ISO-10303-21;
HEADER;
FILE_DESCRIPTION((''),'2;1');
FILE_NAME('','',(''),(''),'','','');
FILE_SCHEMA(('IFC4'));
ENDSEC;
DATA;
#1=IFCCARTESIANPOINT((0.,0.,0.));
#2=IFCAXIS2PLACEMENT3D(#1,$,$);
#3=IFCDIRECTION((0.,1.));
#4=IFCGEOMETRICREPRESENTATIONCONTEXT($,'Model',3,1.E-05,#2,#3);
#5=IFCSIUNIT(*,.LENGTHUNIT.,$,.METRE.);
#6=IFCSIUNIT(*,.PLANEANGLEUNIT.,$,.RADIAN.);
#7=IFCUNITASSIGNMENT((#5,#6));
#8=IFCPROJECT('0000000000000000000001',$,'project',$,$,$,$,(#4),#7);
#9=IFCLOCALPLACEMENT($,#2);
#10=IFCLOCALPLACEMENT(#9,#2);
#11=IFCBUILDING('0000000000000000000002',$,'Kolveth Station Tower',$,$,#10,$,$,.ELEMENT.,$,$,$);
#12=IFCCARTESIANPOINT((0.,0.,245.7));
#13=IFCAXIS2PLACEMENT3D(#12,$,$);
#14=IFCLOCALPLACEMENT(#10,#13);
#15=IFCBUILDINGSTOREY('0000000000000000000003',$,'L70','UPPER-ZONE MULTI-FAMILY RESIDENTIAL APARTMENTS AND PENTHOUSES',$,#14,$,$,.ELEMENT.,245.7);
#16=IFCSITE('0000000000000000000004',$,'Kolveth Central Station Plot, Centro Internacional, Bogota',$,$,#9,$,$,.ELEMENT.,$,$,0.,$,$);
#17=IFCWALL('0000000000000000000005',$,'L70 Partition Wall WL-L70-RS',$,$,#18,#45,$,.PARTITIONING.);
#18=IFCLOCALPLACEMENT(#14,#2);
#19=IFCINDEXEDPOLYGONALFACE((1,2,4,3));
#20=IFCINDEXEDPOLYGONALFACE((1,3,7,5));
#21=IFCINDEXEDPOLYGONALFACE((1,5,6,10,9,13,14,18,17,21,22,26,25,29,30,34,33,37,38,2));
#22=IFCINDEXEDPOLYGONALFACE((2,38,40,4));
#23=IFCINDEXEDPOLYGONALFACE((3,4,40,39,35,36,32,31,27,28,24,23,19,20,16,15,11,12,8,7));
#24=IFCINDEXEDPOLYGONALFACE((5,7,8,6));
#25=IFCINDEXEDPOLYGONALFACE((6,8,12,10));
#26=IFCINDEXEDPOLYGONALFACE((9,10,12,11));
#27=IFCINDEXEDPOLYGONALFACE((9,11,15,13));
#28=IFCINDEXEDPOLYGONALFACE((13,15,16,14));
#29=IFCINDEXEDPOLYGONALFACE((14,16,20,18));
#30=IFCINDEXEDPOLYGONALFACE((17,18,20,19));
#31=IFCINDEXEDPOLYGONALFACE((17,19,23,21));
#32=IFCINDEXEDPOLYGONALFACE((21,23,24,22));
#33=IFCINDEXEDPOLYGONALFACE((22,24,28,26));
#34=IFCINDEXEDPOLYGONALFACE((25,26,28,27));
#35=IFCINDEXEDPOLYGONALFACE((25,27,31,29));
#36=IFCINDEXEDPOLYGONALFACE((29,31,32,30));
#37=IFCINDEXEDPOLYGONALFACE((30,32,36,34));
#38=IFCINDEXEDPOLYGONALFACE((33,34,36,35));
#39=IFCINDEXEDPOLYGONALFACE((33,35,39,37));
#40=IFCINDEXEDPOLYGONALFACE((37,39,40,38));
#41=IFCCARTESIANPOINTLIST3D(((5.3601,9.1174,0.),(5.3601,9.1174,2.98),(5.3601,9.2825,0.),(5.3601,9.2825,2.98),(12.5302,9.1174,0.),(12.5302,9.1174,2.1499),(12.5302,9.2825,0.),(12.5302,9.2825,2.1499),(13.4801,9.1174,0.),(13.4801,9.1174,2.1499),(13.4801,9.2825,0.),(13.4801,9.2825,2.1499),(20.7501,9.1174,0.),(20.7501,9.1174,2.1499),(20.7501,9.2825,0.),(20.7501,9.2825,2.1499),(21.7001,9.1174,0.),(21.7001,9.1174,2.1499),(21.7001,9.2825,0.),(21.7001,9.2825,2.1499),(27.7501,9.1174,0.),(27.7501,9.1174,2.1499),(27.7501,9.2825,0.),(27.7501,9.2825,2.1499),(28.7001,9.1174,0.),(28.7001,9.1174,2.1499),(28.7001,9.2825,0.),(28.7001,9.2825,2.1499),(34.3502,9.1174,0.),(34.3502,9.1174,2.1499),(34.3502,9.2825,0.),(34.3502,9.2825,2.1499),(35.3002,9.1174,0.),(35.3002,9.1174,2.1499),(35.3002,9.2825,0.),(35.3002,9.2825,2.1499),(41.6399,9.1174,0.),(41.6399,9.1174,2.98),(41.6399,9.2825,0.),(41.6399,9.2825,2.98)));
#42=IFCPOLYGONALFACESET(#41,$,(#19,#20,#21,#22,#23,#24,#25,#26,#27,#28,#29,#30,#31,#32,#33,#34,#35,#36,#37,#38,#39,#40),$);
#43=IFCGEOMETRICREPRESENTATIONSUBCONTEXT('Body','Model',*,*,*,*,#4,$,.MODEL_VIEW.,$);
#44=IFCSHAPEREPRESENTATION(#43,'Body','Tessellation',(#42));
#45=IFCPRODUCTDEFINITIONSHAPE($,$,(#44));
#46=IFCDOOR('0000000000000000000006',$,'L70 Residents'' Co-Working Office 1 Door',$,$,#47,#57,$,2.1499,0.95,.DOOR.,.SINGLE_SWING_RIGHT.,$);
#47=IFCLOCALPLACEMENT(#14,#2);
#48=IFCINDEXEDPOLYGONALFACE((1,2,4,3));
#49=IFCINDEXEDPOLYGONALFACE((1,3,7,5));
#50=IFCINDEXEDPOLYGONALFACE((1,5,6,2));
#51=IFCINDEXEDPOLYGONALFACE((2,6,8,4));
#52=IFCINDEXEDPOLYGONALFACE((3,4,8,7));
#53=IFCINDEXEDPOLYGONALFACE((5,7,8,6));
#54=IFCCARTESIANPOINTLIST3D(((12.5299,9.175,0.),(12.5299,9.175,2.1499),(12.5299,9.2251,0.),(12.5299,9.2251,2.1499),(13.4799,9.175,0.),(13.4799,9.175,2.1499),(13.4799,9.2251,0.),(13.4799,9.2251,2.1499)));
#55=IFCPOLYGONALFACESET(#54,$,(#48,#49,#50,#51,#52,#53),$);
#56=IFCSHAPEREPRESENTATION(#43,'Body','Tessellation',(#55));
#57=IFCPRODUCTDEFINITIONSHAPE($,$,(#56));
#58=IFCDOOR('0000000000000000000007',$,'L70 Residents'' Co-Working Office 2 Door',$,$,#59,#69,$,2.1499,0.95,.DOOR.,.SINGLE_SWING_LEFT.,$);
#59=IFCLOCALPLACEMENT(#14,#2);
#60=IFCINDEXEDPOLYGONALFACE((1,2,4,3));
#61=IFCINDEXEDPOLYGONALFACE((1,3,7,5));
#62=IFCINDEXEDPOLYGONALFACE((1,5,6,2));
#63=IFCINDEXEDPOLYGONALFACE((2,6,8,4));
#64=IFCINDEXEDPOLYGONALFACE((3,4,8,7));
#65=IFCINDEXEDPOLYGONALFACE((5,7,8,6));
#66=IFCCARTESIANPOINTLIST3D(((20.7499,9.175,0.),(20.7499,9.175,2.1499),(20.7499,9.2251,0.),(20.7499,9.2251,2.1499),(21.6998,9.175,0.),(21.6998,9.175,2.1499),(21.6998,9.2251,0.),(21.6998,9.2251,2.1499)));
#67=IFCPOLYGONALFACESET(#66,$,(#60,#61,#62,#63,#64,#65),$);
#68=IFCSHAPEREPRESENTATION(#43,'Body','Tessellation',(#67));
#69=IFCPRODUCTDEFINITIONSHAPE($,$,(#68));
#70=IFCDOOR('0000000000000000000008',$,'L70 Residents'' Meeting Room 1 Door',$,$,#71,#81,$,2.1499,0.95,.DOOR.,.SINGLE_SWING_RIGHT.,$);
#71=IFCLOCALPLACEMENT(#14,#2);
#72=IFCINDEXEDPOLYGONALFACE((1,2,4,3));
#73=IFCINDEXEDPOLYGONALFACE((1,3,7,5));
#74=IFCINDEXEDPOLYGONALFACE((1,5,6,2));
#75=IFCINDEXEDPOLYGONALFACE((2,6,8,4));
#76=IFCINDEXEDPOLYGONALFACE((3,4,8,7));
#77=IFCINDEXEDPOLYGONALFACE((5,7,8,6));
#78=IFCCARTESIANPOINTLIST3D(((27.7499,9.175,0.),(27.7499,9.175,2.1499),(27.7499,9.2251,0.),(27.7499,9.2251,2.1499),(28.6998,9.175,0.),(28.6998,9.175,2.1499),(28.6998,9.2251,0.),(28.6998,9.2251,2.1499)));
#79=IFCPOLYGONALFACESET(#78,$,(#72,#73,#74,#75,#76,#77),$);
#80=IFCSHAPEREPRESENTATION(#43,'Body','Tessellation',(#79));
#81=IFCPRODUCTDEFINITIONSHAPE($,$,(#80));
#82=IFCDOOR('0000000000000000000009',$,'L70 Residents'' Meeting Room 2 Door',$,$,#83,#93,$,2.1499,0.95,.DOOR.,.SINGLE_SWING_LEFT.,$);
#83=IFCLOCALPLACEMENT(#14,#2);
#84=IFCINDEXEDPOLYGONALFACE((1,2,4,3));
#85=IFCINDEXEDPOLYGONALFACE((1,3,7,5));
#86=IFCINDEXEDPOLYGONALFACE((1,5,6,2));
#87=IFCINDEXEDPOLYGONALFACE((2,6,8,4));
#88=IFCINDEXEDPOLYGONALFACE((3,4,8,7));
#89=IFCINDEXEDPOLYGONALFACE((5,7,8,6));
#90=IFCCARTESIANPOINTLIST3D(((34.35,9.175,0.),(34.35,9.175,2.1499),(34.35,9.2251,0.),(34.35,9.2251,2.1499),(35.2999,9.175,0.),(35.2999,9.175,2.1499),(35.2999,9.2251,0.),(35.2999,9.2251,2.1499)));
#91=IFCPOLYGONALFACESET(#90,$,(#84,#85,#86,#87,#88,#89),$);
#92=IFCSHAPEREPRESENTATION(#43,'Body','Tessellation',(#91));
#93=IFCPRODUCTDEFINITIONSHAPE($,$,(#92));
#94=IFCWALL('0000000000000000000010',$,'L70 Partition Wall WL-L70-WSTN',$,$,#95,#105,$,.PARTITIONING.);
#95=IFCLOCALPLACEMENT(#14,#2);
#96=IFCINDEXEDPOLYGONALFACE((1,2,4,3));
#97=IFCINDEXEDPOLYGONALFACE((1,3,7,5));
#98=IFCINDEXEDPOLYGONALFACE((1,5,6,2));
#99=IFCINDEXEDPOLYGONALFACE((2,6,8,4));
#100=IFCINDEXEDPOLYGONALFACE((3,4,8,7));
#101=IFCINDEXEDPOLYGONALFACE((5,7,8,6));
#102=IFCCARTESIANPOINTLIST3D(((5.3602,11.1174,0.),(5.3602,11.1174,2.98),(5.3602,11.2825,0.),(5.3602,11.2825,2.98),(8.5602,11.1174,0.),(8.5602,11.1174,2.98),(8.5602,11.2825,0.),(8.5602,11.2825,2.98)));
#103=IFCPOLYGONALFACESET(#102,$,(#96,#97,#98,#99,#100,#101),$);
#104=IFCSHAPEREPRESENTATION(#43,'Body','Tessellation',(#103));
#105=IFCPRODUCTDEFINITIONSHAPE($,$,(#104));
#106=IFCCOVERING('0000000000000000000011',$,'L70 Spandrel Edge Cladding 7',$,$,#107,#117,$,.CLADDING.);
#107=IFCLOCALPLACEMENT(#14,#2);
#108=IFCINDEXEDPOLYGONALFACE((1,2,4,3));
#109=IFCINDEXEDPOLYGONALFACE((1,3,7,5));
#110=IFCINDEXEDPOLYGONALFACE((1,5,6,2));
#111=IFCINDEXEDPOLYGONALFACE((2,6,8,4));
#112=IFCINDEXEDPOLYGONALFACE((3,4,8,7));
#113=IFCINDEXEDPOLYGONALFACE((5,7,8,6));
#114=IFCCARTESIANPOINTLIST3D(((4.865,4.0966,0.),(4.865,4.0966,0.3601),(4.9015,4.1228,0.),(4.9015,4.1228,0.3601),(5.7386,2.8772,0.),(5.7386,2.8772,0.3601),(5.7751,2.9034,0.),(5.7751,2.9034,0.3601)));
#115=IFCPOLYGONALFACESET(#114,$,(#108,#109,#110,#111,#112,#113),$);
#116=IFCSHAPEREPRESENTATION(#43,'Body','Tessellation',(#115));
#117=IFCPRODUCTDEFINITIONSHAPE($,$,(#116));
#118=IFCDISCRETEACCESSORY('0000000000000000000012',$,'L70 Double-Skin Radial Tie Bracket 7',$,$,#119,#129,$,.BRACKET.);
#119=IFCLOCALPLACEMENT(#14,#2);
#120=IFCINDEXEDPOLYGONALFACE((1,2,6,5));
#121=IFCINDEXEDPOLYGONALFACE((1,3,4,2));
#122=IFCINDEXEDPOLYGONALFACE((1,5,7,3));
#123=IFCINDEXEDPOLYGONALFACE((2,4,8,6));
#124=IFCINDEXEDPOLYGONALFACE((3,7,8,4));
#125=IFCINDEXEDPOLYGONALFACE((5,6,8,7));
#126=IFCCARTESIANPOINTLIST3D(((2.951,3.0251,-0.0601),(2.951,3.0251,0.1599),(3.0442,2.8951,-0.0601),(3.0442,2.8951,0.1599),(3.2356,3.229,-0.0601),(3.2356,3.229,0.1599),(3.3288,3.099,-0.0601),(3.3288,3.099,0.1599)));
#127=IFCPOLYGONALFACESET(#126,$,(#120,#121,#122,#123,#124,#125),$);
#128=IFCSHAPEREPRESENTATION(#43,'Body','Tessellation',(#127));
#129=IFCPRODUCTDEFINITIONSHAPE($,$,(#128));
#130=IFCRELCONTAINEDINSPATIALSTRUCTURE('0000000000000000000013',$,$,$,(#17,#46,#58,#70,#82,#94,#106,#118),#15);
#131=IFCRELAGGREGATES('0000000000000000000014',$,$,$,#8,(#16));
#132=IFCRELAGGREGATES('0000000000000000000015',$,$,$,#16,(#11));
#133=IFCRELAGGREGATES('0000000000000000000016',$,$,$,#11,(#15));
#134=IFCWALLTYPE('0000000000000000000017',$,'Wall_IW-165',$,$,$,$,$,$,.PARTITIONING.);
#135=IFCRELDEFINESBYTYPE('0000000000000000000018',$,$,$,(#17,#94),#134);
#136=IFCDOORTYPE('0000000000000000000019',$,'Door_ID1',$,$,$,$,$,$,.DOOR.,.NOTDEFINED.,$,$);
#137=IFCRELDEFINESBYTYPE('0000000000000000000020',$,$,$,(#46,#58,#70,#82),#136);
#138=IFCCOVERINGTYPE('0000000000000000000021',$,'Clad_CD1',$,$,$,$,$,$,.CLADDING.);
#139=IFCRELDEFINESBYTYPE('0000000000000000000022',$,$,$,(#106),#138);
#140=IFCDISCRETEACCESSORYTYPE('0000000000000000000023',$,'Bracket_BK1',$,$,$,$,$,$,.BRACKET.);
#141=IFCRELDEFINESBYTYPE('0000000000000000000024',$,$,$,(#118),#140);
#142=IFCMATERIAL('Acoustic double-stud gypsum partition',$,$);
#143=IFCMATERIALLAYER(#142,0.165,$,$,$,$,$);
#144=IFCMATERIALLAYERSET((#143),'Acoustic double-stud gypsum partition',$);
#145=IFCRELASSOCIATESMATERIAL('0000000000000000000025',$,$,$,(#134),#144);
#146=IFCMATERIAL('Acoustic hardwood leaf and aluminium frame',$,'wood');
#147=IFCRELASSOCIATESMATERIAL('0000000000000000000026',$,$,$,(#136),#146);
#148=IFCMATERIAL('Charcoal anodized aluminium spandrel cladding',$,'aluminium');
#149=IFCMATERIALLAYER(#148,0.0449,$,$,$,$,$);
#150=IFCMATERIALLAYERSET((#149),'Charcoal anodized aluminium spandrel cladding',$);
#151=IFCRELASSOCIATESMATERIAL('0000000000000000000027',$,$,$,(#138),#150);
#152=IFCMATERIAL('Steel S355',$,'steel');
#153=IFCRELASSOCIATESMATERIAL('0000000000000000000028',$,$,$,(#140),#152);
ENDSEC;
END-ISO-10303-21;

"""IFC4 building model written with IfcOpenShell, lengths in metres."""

from ifc_helpers import new_model, si_unit, direction, frame, frame_2d, origin, origin_2d, place, context, subcontext, project, spatial, rectangle, extrude, source, transform, mapped, material, layer, layer_set, type_object, element, fill, save


model = new_model("IFC4")

# Units and contexts
model_context = context("Model", 3, precision=1e-05, world=origin(), true_north=direction((0.0, 1.0)))
body_context = subcontext(model_context, "Body", "Model", "MODEL_VIEW")
ifc_project = project(units=[si_unit("LENGTHUNIT", "METRE"), si_unit("PLANEANGLEUNIT", "RADIAN")], contexts=[model_context])

# Site, building, storey
site_placement = place(None, origin())
site = spatial("IfcSite", under=ifc_project, at=site_placement, Name="Kolveth Central Station Plot, Centro Internacional, Bogota", CompositionType="ELEMENT", RefElevation=0.0)
building_placement = place(site_placement, origin())
building = spatial("IfcBuilding", under=site, at=building_placement, Name="Kolveth Station Tower", CompositionType="ELEMENT")
storey_placement = place(building_placement, frame((0.0, 0.0, 245.7)))
storey = spatial("IfcBuildingStorey", under=building, at=storey_placement, Name="L70", Description="UPPER-ZONE MULTI-FAMILY RESIDENTIAL APARTMENTS AND PENTHOUSES", CompositionType="ELEMENT", Elevation=245.7)

# Shared definitions
ifc_material_1 = material(Name="Steel S355", Category="steel")

# Wall, openings, doors
ifc_material_2 = material(Name="Acoustic double-stud gypsum partition")
ifc_layer_1 = layer(ifc_material_2, 0.165)
ifc_layer_set_1 = layer_set([ifc_layer_1], Name="Acoustic double-stud gypsum partition")
wall_type = type_object("IfcWallType", Name="Wall_IW-165", PredefinedType="PARTITIONING", material=ifc_layer_set_1)
wall_1_placement = place(storey_placement, frame((5.3601, 9.2, 0.0), z_axis=(0.0, 0.0, 1.0), x_axis=(1.0, 0.0, 0.0)))
wall_1 = element("IfcWall", 1, at=wall_1_placement, inside=storey, type_object=wall_type, Name="L70 Partition Wall WL-L70-RS", PredefinedType="PARTITIONING", context=body_context, shape_type="SweptSolid", body=[
    extrude(rectangle(XDim=36.2798, YDim=0.165, at=frame_2d((18.1399, 0.0))), origin(), (0.0, 0.0, 1.0), 2.98),
])
opening_1_placement = place(wall_1_placement, frame((7.1699, 0.0, 0.0)))
opening_1 = element("IfcOpeningElement", 2, at=opening_1_placement, cuts=wall_1, PredefinedType="OPENING", context=body_context, shape_type="SweptSolid", body=[
    extrude(rectangle(XDim=0.95, YDim=2.1499, at=frame_2d((0.4751, 1.075))), frame((0.0, 0.0925, 0.0), z_axis=(0.0, -1.0, 0.0), x_axis=(1.0, 0.0, 0.0)), (0.0, 0.0, 1.0), 0.1851),
])
opening_2_placement = place(wall_1_placement, frame((15.3899, 0.0, 0.0)))
opening_2 = element("IfcOpeningElement", 3, at=opening_2_placement, cuts=wall_1, PredefinedType="OPENING", context=body_context, shape_type="SweptSolid", body=[
    extrude(rectangle(XDim=0.95, YDim=2.1499, at=frame_2d((0.4751, 1.075))), frame((0.0, 0.0925, 0.0), z_axis=(0.0, -1.0, 0.0), x_axis=(1.0, 0.0, 0.0)), (0.0, 0.0, 1.0), 0.1851),
])
opening_3_placement = place(wall_1_placement, frame((22.3899, 0.0, 0.0)))
opening_3 = element("IfcOpeningElement", 4, at=opening_3_placement, cuts=wall_1, PredefinedType="OPENING", context=body_context, shape_type="SweptSolid", body=[
    extrude(rectangle(XDim=0.95, YDim=2.1499, at=frame_2d((0.4751, 1.075))), frame((0.0, 0.0925, 0.0), z_axis=(0.0, -1.0, 0.0), x_axis=(1.0, 0.0, 0.0)), (0.0, 0.0, 1.0), 0.1851),
])
opening_4_placement = place(wall_1_placement, frame((28.99, 0.0, 0.0)))
opening_4 = element("IfcOpeningElement", 5, at=opening_4_placement, cuts=wall_1, PredefinedType="OPENING", context=body_context, shape_type="SweptSolid", body=[
    extrude(rectangle(XDim=0.95, YDim=2.1499, at=frame_2d((0.4751, 1.075))), frame((0.0, 0.0925, 0.0), z_axis=(0.0, -1.0, 0.0), x_axis=(1.0, 0.0, 0.0)), (0.0, 0.0, 1.0), 0.1851),
])
ifc_material_3 = material(Name="Acoustic hardwood leaf and aluminium frame", Category="wood")
door_type = type_object("IfcDoorType", Name="Door_ID1", OperationType="NOTDEFINED", PredefinedType="DOOR", material=ifc_material_3)
door_1_placement = place(opening_1_placement, frame((0.95, 0.0, 0.0), z_axis=(0.0, 0.0, 1.0), x_axis=(-1.0, 0.0, 0.0)))
door_1 = element("IfcDoor", 6, at=door_1_placement, inside=storey, type_object=door_type, Name="L70 Residents' Co-Working Office 1 Door", OperationType="SINGLE_SWING_RIGHT", OverallHeight=2.1499, OverallWidth=0.95, PredefinedType="DOOR", context=body_context, shape_type="SweptSolid", body=[
    extrude(rectangle(XDim=0.95, YDim=2.1499, at=frame_2d((0.4751, 1.075))), frame((0.0, 0.0249, 0.0), z_axis=(0.0, -1.0, 0.0), x_axis=(1.0, 0.0, 0.0)), (0.0, 0.0, 1.0), 0.05),
])
fill(opening_1, door_1)
door_2_placement = place(opening_2_placement, frame((0.95, 0.0, 0.0), z_axis=(0.0, 0.0, 1.0), x_axis=(-1.0, 0.0, 0.0)))
door_2 = element("IfcDoor", 7, at=door_2_placement, inside=storey, type_object=door_type, Name="L70 Residents' Co-Working Office 2 Door", OperationType="SINGLE_SWING_LEFT", OverallHeight=2.1499, OverallWidth=0.95, PredefinedType="DOOR", context=body_context, shape_type="SweptSolid", body=[
    extrude(rectangle(XDim=0.95, YDim=2.1499, at=frame_2d((0.4751, 1.075))), frame((0.0, 0.0249, 0.0), z_axis=(0.0, -1.0, 0.0), x_axis=(1.0, 0.0, 0.0)), (0.0, 0.0, 1.0), 0.05),
])
fill(opening_2, door_2)
door_3_placement = place(opening_3_placement, frame((0.95, 0.0, 0.0), z_axis=(0.0, 0.0, 1.0), x_axis=(-1.0, 0.0, 0.0)))
door_3 = element("IfcDoor", 8, at=door_3_placement, inside=storey, type_object=door_type, Name="L70 Residents' Meeting Room 1 Door", OperationType="SINGLE_SWING_RIGHT", OverallHeight=2.1499, OverallWidth=0.95, PredefinedType="DOOR", context=body_context, shape_type="SweptSolid", body=[
    extrude(rectangle(XDim=0.95, YDim=2.1499, at=frame_2d((0.4751, 1.075))), frame((0.0, 0.0249, 0.0), z_axis=(0.0, -1.0, 0.0), x_axis=(1.0, 0.0, 0.0)), (0.0, 0.0, 1.0), 0.05),
])
fill(opening_3, door_3)
door_4_placement = place(opening_4_placement, frame((0.95, 0.0, 0.0), z_axis=(0.0, 0.0, 1.0), x_axis=(-1.0, 0.0, 0.0)))
door_4 = element("IfcDoor", 9, at=door_4_placement, inside=storey, type_object=door_type, Name="L70 Residents' Meeting Room 2 Door", OperationType="SINGLE_SWING_LEFT", OverallHeight=2.1499, OverallWidth=0.95, PredefinedType="DOOR", context=body_context, shape_type="SweptSolid", body=[
    extrude(rectangle(XDim=0.95, YDim=2.1499, at=frame_2d((0.4751, 1.075))), frame((0.0, 0.0249, 0.0), z_axis=(0.0, -1.0, 0.0), x_axis=(1.0, 0.0, 0.0)), (0.0, 0.0, 1.0), 0.05),
])
fill(opening_4, door_4)

# Wall
wall_2_placement = place(storey_placement, frame((5.3601, 11.2, 0.0), z_axis=(0.0, 0.0, 1.0), x_axis=(1.0, 0.0, 0.0)))
element("IfcWall", 10, at=wall_2_placement, inside=storey, type_object=wall_type, Name="L70 Partition Wall WL-L70-WSTN", PredefinedType="PARTITIONING", context=body_context, shape_type="SweptSolid", body=[
    extrude(rectangle(XDim=3.2, YDim=0.165, at=frame_2d((1.6001, 0.0))), origin(), (0.0, 0.0, 1.0), 2.98),
])

# Covering
ifc_material_4 = material(Name="Charcoal anodized aluminium spandrel cladding", Category="aluminium")
ifc_layer_2 = layer(ifc_material_4, 0.0449)
ifc_layer_set_2 = layer_set([ifc_layer_2], Name="Charcoal anodized aluminium spandrel cladding")
covering_type = type_object("IfcCoveringType", Name="Clad_CD1", PredefinedType="CLADDING", material=ifc_layer_set_2)
shared_shape_1 = source(origin(), body_context, "Body", "SweptSolid", [
    extrude(rectangle(XDim=1.5, YDim=0.0449, at=origin_2d()), origin(), (0.0, 0.0, 1.0), 0.3601),
])
covering_placement = place(storey_placement, frame((5.3201, 3.5, 0.0), z_axis=(0.0, 0.0, 1.0), x_axis=(0.582407, -0.812898, 0.0)))
element("IfcCovering", 11, at=covering_placement, inside=storey, type_object=covering_type, Name="L70 Spandrel Edge Cladding 7", PredefinedType="CLADDING", context=body_context, shape_type="MappedRepresentation", body=[
    mapped(shared_shape_1, transform((0.0, 0.0, 0.0), x_axis=(1.0, 0.0, 0.0), y_axis=(0.0, 1.0, 0.0), z_axis=(0.0, 0.0, 1.0), scale=1.0)),
])

# Discrete accessory
discrete_accessory_type = type_object("IfcDiscreteAccessoryType", Name="Bracket_BK1", PredefinedType="BRACKET", material=ifc_material_1)
shared_shape_2 = source(origin(), body_context, "Body", "SweptSolid", [
    extrude(rectangle(XDim=0.3501, YDim=0.1599, at=origin_2d()), origin(), (0.0, 0.0, 1.0), 0.22),
])
discrete_accessory_placement = place(storey_placement, frame((3.1399, 3.062, -0.0601), z_axis=(0.0, 0.0, 1.0), x_axis=(-0.812898, -0.582407, 0.0)))
element("IfcDiscreteAccessory", 12, at=discrete_accessory_placement, inside=storey, type_object=discrete_accessory_type, Name="L70 Double-Skin Radial Tie Bracket 7", PredefinedType="BRACKET", context=body_context, shape_type="MappedRepresentation", body=[
    mapped(shared_shape_2, transform((0.0, 0.0, 0.0), x_axis=(1.0, 0.0, 0.0), y_axis=(0.0, 1.0, 0.0), z_axis=(0.0, 0.0, 1.0), scale=1.0)),
])

save(model, "model.ifc")
